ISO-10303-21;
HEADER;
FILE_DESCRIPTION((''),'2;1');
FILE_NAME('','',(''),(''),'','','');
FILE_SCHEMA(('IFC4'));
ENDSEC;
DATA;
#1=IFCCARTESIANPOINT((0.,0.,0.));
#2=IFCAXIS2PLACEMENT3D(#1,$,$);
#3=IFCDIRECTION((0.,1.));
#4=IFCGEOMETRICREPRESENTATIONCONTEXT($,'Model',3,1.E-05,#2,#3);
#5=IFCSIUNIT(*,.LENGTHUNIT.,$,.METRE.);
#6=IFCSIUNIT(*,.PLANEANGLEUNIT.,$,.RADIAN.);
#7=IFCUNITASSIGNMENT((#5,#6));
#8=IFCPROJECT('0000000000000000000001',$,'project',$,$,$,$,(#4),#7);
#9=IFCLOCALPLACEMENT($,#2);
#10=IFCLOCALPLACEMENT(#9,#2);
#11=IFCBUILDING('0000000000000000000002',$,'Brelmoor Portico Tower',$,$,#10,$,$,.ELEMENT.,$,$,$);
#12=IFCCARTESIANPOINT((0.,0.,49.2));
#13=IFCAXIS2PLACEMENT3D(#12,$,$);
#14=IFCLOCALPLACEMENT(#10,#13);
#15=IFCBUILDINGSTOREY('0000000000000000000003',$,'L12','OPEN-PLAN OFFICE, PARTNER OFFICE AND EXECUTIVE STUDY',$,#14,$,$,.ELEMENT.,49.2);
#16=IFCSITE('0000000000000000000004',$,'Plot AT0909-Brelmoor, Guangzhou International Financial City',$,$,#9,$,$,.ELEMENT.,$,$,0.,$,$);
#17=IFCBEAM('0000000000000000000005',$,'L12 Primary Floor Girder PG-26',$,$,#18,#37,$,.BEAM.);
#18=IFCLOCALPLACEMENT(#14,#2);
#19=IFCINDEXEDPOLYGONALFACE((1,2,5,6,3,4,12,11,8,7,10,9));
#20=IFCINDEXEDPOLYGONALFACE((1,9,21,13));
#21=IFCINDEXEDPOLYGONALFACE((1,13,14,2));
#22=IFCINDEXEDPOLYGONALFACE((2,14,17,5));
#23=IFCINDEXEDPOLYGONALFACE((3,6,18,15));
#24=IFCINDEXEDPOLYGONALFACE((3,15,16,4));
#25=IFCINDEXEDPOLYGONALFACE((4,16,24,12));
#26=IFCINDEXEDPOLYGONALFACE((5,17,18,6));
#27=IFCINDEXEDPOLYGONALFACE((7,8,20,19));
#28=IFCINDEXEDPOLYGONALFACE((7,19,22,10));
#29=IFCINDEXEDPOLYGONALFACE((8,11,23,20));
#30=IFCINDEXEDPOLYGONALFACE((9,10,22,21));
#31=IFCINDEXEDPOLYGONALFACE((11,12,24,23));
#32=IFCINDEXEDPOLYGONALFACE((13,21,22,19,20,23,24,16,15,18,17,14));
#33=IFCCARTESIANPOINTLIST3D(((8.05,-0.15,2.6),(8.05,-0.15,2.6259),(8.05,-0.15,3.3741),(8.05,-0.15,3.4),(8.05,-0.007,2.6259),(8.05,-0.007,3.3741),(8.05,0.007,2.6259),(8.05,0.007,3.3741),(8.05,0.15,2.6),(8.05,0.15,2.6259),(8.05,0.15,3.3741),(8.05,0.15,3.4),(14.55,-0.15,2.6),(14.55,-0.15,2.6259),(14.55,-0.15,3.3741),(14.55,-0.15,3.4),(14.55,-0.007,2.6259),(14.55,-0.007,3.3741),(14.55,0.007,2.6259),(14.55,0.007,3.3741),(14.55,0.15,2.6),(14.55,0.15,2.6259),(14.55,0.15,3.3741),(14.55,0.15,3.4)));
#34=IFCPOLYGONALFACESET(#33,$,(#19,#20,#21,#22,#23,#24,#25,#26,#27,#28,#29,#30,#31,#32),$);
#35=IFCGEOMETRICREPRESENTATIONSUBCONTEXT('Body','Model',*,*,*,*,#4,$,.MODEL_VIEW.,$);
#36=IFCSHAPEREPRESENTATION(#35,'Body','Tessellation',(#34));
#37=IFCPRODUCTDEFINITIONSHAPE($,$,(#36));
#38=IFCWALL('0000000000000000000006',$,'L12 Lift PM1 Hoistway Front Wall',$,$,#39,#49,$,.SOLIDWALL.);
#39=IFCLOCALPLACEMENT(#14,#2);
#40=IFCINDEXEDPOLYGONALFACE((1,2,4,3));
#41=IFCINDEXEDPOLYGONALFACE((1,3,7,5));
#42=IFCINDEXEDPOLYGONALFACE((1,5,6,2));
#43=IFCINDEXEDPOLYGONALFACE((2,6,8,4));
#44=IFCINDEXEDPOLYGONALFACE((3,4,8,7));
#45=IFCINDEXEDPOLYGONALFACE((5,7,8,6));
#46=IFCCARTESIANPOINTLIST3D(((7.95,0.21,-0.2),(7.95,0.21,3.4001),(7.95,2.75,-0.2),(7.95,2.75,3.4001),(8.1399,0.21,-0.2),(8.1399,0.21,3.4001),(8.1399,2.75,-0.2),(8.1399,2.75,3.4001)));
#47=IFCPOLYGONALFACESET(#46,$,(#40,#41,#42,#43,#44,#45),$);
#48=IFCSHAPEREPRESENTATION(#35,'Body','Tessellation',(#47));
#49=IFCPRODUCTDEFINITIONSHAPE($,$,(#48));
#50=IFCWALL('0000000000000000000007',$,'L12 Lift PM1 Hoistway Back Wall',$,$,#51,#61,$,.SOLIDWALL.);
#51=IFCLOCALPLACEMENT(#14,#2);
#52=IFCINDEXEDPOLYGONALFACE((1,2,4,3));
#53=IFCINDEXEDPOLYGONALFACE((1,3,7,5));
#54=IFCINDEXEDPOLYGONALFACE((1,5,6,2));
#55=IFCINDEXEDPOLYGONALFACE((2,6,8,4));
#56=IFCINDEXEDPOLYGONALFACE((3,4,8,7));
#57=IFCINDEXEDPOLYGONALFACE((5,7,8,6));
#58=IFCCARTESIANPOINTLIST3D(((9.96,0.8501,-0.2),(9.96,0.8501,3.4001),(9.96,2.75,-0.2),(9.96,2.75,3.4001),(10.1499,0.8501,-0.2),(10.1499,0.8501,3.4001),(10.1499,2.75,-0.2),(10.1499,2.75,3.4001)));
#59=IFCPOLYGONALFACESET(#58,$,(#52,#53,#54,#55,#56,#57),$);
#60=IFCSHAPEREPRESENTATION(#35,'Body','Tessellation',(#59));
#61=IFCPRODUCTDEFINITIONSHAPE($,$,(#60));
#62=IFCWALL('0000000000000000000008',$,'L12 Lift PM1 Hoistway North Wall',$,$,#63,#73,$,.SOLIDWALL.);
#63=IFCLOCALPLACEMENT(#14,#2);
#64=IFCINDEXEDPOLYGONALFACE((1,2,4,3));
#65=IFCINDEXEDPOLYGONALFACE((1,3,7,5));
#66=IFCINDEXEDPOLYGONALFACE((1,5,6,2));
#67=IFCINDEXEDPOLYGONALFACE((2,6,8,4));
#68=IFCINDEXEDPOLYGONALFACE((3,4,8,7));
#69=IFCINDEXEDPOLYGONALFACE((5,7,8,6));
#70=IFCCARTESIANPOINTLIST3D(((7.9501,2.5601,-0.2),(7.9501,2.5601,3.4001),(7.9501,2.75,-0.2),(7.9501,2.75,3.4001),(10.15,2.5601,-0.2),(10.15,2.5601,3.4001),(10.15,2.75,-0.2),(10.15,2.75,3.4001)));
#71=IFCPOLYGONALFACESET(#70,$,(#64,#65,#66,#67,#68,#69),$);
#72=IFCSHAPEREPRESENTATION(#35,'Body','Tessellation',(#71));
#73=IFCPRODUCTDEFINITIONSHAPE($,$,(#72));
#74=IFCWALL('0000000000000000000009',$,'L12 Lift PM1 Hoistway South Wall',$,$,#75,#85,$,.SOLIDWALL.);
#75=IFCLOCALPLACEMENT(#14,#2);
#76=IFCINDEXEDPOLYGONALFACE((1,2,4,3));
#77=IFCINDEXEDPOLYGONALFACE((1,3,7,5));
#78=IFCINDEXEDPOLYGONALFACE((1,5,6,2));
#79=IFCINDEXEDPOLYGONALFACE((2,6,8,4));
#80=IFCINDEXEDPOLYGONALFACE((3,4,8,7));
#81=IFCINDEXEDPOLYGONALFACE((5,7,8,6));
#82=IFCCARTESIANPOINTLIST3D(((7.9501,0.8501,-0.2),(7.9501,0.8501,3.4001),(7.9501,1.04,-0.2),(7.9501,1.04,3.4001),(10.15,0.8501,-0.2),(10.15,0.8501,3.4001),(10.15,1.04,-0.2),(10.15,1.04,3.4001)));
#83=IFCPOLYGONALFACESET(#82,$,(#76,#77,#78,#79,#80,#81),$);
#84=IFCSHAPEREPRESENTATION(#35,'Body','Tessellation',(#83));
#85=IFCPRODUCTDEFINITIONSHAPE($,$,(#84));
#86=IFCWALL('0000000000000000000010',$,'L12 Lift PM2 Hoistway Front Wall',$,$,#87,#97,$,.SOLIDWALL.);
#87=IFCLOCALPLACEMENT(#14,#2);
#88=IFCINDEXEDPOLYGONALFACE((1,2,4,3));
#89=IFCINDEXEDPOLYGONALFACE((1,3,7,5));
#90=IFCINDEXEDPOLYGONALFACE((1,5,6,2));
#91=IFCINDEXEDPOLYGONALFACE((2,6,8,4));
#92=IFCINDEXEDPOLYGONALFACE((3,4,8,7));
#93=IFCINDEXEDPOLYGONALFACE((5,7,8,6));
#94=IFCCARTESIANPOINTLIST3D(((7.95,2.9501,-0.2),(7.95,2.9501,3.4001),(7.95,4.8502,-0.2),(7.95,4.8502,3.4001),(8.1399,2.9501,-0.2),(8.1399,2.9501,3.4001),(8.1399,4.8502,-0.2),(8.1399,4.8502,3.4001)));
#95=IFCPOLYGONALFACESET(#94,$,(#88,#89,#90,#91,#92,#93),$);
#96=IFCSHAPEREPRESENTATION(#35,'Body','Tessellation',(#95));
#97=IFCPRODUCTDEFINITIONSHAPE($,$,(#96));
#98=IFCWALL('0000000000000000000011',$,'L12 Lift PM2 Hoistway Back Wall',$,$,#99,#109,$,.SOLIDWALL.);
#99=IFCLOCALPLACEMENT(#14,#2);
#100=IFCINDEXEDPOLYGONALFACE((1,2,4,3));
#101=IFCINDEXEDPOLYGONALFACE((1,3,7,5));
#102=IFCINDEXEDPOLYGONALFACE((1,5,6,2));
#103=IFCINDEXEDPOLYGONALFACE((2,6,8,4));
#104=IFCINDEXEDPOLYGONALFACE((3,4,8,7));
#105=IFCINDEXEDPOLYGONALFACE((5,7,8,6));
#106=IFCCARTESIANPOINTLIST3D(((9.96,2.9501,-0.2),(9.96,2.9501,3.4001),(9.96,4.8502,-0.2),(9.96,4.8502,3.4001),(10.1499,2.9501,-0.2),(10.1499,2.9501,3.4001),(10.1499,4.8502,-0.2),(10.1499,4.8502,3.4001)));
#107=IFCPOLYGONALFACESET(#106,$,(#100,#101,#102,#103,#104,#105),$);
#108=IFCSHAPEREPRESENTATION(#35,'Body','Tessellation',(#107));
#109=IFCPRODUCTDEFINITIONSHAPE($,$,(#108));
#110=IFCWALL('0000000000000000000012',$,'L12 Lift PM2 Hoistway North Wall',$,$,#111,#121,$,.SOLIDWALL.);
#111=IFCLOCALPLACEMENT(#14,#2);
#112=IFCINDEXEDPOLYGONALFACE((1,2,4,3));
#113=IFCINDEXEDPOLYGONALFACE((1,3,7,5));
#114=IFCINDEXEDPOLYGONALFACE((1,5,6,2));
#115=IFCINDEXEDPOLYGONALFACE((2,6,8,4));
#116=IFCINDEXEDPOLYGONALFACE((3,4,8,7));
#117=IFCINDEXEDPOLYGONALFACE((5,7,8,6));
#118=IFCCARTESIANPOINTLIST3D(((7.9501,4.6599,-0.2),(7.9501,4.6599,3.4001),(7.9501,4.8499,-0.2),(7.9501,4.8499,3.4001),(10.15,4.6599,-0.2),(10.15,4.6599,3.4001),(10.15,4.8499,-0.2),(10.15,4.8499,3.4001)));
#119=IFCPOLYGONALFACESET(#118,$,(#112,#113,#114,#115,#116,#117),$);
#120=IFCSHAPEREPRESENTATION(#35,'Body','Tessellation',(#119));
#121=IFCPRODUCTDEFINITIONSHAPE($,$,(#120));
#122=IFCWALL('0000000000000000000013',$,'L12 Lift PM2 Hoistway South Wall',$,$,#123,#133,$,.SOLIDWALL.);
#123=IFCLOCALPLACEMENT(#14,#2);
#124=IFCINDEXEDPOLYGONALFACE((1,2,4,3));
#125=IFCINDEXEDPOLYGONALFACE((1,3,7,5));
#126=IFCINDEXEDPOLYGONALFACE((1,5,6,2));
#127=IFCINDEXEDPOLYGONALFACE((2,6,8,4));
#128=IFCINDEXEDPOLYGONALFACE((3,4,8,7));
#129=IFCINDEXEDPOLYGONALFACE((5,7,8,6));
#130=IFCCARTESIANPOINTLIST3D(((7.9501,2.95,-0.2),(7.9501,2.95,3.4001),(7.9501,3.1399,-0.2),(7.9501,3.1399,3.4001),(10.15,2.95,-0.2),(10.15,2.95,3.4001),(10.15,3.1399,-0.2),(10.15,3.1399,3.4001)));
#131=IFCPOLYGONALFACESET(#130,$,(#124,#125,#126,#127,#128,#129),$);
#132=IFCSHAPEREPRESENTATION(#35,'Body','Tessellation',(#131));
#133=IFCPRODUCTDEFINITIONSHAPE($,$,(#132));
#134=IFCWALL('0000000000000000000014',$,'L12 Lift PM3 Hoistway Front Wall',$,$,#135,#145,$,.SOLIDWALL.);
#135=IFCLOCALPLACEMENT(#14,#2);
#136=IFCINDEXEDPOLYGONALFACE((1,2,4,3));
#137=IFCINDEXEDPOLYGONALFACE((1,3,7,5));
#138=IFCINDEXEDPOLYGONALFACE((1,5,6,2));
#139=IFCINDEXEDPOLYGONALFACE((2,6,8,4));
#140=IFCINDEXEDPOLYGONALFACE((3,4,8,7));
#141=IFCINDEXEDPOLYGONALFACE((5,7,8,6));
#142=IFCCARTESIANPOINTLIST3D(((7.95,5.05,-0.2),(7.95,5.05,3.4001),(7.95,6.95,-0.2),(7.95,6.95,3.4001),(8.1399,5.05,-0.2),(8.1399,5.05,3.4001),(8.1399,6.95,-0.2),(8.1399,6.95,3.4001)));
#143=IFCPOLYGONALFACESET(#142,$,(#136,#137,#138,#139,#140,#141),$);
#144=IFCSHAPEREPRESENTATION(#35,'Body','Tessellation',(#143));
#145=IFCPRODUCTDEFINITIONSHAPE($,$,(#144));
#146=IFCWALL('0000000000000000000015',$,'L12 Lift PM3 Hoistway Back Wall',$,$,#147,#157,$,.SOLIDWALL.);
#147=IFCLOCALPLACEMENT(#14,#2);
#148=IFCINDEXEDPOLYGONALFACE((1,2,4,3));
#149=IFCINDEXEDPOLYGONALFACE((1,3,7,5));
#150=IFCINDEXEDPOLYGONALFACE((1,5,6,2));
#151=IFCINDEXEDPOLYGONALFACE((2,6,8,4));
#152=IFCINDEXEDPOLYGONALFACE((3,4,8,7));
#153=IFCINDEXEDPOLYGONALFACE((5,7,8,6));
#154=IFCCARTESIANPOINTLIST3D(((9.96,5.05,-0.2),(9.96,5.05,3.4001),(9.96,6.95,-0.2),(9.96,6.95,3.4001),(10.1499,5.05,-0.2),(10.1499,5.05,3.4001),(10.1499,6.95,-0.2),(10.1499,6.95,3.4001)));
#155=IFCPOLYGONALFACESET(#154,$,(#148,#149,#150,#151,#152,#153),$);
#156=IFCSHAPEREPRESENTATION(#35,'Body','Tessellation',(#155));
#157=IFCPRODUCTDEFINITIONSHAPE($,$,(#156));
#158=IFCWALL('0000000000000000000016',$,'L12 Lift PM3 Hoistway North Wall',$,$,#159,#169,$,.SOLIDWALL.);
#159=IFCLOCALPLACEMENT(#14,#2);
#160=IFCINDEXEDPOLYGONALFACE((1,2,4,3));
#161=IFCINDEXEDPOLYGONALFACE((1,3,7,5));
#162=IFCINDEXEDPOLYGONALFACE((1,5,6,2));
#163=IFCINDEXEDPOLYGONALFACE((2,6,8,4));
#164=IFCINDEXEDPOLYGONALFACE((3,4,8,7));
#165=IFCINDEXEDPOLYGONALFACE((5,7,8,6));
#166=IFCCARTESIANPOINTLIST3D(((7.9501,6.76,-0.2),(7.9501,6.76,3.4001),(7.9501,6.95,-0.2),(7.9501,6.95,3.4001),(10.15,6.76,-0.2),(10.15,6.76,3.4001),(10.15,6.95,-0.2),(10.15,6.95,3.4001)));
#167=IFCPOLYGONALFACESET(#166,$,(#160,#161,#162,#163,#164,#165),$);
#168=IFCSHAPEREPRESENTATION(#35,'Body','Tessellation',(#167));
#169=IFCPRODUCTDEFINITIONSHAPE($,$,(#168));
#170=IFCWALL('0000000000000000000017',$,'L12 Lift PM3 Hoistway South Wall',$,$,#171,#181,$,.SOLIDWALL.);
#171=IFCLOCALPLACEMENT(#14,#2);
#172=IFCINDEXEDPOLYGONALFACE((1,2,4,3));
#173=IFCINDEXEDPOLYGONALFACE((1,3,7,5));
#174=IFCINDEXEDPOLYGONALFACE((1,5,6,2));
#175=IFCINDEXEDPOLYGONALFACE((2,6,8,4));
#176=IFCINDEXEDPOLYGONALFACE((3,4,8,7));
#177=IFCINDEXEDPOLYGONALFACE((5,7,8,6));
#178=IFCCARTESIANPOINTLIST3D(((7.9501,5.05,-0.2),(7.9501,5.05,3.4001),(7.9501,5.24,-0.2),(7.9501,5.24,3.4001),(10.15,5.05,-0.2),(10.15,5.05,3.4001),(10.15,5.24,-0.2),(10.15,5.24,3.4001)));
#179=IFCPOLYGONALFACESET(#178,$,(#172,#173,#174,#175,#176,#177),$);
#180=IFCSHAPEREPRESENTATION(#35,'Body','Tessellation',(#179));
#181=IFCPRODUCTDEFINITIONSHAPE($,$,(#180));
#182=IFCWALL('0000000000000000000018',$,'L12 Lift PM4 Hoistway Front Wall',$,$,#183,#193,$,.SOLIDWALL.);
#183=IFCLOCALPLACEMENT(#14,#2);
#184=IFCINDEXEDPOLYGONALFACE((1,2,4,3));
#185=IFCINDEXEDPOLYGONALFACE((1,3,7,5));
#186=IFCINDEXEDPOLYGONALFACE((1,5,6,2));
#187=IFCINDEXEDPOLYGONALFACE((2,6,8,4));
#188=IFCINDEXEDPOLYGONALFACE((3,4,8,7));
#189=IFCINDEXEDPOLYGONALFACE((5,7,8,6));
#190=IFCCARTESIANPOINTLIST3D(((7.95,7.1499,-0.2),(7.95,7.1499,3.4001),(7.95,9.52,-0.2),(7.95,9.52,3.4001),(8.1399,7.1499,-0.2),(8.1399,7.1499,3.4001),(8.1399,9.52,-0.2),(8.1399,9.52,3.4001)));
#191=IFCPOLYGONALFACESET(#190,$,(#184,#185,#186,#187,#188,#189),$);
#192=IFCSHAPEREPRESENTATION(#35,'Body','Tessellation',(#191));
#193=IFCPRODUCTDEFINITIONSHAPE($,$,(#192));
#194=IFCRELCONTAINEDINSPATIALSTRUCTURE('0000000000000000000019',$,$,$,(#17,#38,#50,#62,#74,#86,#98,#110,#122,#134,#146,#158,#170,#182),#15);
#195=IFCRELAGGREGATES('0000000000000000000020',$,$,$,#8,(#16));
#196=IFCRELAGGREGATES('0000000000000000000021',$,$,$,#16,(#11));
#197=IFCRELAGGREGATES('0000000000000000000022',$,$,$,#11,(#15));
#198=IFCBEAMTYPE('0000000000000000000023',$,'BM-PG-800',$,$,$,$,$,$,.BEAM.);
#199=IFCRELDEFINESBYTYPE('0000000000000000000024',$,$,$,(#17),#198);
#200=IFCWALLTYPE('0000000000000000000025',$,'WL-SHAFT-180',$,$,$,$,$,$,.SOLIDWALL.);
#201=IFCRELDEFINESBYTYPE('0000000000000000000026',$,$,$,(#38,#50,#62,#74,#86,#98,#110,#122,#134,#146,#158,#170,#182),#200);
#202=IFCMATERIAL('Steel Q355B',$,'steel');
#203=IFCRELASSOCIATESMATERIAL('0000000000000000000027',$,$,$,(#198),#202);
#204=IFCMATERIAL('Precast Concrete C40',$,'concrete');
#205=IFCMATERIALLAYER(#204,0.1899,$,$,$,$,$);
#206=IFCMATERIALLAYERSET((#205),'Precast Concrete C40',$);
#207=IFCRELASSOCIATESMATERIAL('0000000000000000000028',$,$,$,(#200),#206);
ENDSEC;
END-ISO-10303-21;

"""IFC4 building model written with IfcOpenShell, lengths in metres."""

from ifc_helpers import new_model, si_unit, direction, frame, frame_2d, origin, origin_2d, place, context, subcontext, project, spatial, rectangle, i_section, extrude, material, layer, layer_set, material_profile, profile_set, type_object, element, save


model = new_model("IFC4")

# Units and contexts
model_context = context("Model", 3, precision=1e-05, world=origin(), true_north=direction((0.0, 1.0)))
body_context = subcontext(model_context, "Body", "Model", "MODEL_VIEW")
ifc_project = project(units=[si_unit("LENGTHUNIT", "METRE"), si_unit("PLANEANGLEUNIT", "RADIAN")], contexts=[model_context])

# Site, building, storey
site_placement = place(None, origin())
site = spatial("IfcSite", under=ifc_project, at=site_placement, Name="Plot AT0909-Brelmoor, Guangzhou International Financial City", CompositionType="ELEMENT", RefElevation=0.0)
building_placement = place(site_placement, origin())
building = spatial("IfcBuilding", under=site, at=building_placement, Name="Brelmoor Portico Tower", CompositionType="ELEMENT")
storey_placement = place(building_placement, frame((0.0, 0.0, 49.2)))
storey = spatial("IfcBuildingStorey", under=building, at=storey_placement, Name="L12", Description="OPEN-PLAN OFFICE, PARTNER OFFICE AND EXECUTIVE STUDY", CompositionType="ELEMENT", Elevation=49.2)

# Beam
ifc_material_1 = material(Name="Steel Q355B", Category="steel")
ifc_material_profile = material_profile(ifc_material_1, i_section(OverallWidth=0.3, OverallDepth=0.8, WebThickness=0.0139, FlangeThickness=0.0259, at=origin_2d()), Name="HN 800x300x14x26")
ifc_profile_set = profile_set([ifc_material_profile], Name="Steel Q355B")
beam_type = type_object("IfcBeamType", Name="BM-PG-800", PredefinedType="BEAM", material=ifc_profile_set)
beam_placement = place(storey_placement, frame((8.05, 0.0, 3.0), z_axis=(1.0, 0.0, 0.0), x_axis=(0.0, 1.0, 0.0)))
element("IfcBeam", 1, at=beam_placement, inside=storey, type_object=beam_type, Name="L12 Primary Floor Girder PG-26", PredefinedType="BEAM", context=body_context, shape_type="SweptSolid", body=[
    extrude(i_section(OverallWidth=0.3, OverallDepth=0.8, WebThickness=0.0139, FlangeThickness=0.0259, at=origin_2d()), origin(), (0.0, 0.0, 1.0), 6.5),
])

# Walls
ifc_material_2 = material(Name="Precast Concrete C40", Category="concrete")
ifc_layer_1 = layer(ifc_material_2, 0.1899)
ifc_layer_set_1 = layer_set([ifc_layer_1], Name="Precast Concrete C40")
wall_type_1 = type_object("IfcWallType", Name="WL-SHAFT-180", PredefinedType="SOLIDWALL", material=ifc_layer_set_1)
wall_1_placement = place(storey_placement, frame((8.0449, 0.21, -0.2), z_axis=(0.0, 0.0, 1.0), x_axis=(0.0, 1.0, 0.0)))
element("IfcWall", 2, at=wall_1_placement, inside=storey, type_object=wall_type_1, Name="L12 Lift PM1 Hoistway Front Wall", PredefinedType="SOLIDWALL", context=body_context, shape_type="SweptSolid", body=[
    extrude(rectangle(XDim=2.54, YDim=0.1899, at=frame_2d((1.27, 0.0))), origin(), (0.0, 0.0, 1.0), 3.6001),
])
wall_2_placement = place(storey_placement, frame((10.0549, 0.8501, -0.2), z_axis=(0.0, 0.0, 1.0), x_axis=(0.0, 1.0, 0.0)))
element("IfcWall", 3, at=wall_2_placement, inside=storey, type_object=wall_type_1, Name="L12 Lift PM1 Hoistway Back Wall", PredefinedType="SOLIDWALL", context=body_context, shape_type="SweptSolid", body=[
    extrude(rectangle(XDim=1.8999, YDim=0.1899, at=frame_2d((0.95, 0.0))), origin(), (0.0, 0.0, 1.0), 3.6001),
])
for number, where, z_axis, x_axis, name in (
    (4, (7.95, 2.655, -0.2), (0.0, 0.0, 1.0), (1.0, 0.0, 0.0), "L12 Lift PM1 Hoistway North Wall"),
    (5, (7.95, 0.9451, -0.2), (0.0, 0.0, 1.0), (1.0, 0.0, 0.0), "L12 Lift PM1 Hoistway South Wall"),
):
    element("IfcWall", number, at=place(storey_placement, frame(where, z_axis=z_axis, x_axis=x_axis)), inside=storey, type_object=wall_type_1, Name=name, PredefinedType="SOLIDWALL", context=body_context, shape_type="SweptSolid", body=[
        extrude(rectangle(XDim=2.2, YDim=0.1899, at=frame_2d((1.1001, 0.0))), origin(), (0.0, 0.0, 1.0), 3.6001),
    ])
for number, where, z_axis, x_axis, name in (
    (6, (8.0449, 2.95, -0.2), (0.0, 0.0, 1.0), (0.0, 1.0, 0.0), "L12 Lift PM2 Hoistway Front Wall"),
    (7, (10.0549, 2.95, -0.2), (0.0, 0.0, 1.0), (0.0, 1.0, 0.0), "L12 Lift PM2 Hoistway Back Wall"),
):
    element("IfcWall", number, at=place(storey_placement, frame(where, z_axis=z_axis, x_axis=x_axis)), inside=storey, type_object=wall_type_1, Name=name, PredefinedType="SOLIDWALL", context=body_context, shape_type="SweptSolid", body=[
        extrude(rectangle(XDim=1.9001, YDim=0.1899, at=frame_2d((0.9502, 0.0))), origin(), (0.0, 0.0, 1.0), 3.6001),
    ])
for number, where, z_axis, x_axis, name in (
    (8, (7.95, 4.7549, -0.2), (0.0, 0.0, 1.0), (1.0, 0.0, 0.0), "L12 Lift PM2 Hoistway North Wall"),
    (9, (7.95, 3.0449, -0.2), (0.0, 0.0, 1.0), (1.0, 0.0, 0.0), "L12 Lift PM2 Hoistway South Wall"),
):
    element("IfcWall", number, at=place(storey_placement, frame(where, z_axis=z_axis, x_axis=x_axis)), inside=storey, type_object=wall_type_1, Name=name, PredefinedType="SOLIDWALL", context=body_context, shape_type="SweptSolid", body=[
        extrude(rectangle(XDim=2.2, YDim=0.1899, at=frame_2d((1.1001, 0.0))), origin(), (0.0, 0.0, 1.0), 3.6001),
    ])
for number, where, z_axis, x_axis, name in (
    (10, (8.0449, 5.05, -0.2), (0.0, 0.0, 1.0), (0.0, 1.0, 0.0), "L12 Lift PM3 Hoistway Front Wall"),
    (11, (10.0549, 5.05, -0.2), (0.0, 0.0, 1.0), (0.0, 1.0, 0.0), "L12 Lift PM3 Hoistway Back Wall"),
):
    element("IfcWall", number, at=place(storey_placement, frame(where, z_axis=z_axis, x_axis=x_axis)), inside=storey, type_object=wall_type_1, Name=name, PredefinedType="SOLIDWALL", context=body_context, shape_type="SweptSolid", body=[
        extrude(rectangle(XDim=1.8999, YDim=0.1899, at=frame_2d((0.95, 0.0))), origin(), (0.0, 0.0, 1.0), 3.6001),
    ])
for number, where, z_axis, x_axis, name in (
    (12, (7.95, 6.855, -0.2), (0.0, 0.0, 1.0), (1.0, 0.0, 0.0), "L12 Lift PM3 Hoistway North Wall"),
    (13, (7.95, 5.145, -0.2), (0.0, 0.0, 1.0), (1.0, 0.0, 0.0), "L12 Lift PM3 Hoistway South Wall"),
):
    element("IfcWall", number, at=place(storey_placement, frame(where, z_axis=z_axis, x_axis=x_axis)), inside=storey, type_object=wall_type_1, Name=name, PredefinedType="SOLIDWALL", context=body_context, shape_type="SweptSolid", body=[
        extrude(rectangle(XDim=2.2, YDim=0.1899, at=frame_2d((1.1001, 0.0))), origin(), (0.0, 0.0, 1.0), 3.6001),
    ])
wall_3_placement = place(storey_placement, frame((8.0449, 7.1499, -0.2), z_axis=(0.0, 0.0, 1.0), x_axis=(0.0, 1.0, 0.0)))
element("IfcWall", 14, at=wall_3_placement, inside=storey, type_object=wall_type_1, Name="L12 Lift PM4 Hoistway Front Wall", PredefinedType="SOLIDWALL", context=body_context, shape_type="SweptSolid", body=[
    extrude(rectangle(XDim=2.3701, YDim=0.1899, at=frame_2d((1.1851, 0.0))), origin(), (0.0, 0.0, 1.0), 3.6001),
])

save(model, "model.ifc")
